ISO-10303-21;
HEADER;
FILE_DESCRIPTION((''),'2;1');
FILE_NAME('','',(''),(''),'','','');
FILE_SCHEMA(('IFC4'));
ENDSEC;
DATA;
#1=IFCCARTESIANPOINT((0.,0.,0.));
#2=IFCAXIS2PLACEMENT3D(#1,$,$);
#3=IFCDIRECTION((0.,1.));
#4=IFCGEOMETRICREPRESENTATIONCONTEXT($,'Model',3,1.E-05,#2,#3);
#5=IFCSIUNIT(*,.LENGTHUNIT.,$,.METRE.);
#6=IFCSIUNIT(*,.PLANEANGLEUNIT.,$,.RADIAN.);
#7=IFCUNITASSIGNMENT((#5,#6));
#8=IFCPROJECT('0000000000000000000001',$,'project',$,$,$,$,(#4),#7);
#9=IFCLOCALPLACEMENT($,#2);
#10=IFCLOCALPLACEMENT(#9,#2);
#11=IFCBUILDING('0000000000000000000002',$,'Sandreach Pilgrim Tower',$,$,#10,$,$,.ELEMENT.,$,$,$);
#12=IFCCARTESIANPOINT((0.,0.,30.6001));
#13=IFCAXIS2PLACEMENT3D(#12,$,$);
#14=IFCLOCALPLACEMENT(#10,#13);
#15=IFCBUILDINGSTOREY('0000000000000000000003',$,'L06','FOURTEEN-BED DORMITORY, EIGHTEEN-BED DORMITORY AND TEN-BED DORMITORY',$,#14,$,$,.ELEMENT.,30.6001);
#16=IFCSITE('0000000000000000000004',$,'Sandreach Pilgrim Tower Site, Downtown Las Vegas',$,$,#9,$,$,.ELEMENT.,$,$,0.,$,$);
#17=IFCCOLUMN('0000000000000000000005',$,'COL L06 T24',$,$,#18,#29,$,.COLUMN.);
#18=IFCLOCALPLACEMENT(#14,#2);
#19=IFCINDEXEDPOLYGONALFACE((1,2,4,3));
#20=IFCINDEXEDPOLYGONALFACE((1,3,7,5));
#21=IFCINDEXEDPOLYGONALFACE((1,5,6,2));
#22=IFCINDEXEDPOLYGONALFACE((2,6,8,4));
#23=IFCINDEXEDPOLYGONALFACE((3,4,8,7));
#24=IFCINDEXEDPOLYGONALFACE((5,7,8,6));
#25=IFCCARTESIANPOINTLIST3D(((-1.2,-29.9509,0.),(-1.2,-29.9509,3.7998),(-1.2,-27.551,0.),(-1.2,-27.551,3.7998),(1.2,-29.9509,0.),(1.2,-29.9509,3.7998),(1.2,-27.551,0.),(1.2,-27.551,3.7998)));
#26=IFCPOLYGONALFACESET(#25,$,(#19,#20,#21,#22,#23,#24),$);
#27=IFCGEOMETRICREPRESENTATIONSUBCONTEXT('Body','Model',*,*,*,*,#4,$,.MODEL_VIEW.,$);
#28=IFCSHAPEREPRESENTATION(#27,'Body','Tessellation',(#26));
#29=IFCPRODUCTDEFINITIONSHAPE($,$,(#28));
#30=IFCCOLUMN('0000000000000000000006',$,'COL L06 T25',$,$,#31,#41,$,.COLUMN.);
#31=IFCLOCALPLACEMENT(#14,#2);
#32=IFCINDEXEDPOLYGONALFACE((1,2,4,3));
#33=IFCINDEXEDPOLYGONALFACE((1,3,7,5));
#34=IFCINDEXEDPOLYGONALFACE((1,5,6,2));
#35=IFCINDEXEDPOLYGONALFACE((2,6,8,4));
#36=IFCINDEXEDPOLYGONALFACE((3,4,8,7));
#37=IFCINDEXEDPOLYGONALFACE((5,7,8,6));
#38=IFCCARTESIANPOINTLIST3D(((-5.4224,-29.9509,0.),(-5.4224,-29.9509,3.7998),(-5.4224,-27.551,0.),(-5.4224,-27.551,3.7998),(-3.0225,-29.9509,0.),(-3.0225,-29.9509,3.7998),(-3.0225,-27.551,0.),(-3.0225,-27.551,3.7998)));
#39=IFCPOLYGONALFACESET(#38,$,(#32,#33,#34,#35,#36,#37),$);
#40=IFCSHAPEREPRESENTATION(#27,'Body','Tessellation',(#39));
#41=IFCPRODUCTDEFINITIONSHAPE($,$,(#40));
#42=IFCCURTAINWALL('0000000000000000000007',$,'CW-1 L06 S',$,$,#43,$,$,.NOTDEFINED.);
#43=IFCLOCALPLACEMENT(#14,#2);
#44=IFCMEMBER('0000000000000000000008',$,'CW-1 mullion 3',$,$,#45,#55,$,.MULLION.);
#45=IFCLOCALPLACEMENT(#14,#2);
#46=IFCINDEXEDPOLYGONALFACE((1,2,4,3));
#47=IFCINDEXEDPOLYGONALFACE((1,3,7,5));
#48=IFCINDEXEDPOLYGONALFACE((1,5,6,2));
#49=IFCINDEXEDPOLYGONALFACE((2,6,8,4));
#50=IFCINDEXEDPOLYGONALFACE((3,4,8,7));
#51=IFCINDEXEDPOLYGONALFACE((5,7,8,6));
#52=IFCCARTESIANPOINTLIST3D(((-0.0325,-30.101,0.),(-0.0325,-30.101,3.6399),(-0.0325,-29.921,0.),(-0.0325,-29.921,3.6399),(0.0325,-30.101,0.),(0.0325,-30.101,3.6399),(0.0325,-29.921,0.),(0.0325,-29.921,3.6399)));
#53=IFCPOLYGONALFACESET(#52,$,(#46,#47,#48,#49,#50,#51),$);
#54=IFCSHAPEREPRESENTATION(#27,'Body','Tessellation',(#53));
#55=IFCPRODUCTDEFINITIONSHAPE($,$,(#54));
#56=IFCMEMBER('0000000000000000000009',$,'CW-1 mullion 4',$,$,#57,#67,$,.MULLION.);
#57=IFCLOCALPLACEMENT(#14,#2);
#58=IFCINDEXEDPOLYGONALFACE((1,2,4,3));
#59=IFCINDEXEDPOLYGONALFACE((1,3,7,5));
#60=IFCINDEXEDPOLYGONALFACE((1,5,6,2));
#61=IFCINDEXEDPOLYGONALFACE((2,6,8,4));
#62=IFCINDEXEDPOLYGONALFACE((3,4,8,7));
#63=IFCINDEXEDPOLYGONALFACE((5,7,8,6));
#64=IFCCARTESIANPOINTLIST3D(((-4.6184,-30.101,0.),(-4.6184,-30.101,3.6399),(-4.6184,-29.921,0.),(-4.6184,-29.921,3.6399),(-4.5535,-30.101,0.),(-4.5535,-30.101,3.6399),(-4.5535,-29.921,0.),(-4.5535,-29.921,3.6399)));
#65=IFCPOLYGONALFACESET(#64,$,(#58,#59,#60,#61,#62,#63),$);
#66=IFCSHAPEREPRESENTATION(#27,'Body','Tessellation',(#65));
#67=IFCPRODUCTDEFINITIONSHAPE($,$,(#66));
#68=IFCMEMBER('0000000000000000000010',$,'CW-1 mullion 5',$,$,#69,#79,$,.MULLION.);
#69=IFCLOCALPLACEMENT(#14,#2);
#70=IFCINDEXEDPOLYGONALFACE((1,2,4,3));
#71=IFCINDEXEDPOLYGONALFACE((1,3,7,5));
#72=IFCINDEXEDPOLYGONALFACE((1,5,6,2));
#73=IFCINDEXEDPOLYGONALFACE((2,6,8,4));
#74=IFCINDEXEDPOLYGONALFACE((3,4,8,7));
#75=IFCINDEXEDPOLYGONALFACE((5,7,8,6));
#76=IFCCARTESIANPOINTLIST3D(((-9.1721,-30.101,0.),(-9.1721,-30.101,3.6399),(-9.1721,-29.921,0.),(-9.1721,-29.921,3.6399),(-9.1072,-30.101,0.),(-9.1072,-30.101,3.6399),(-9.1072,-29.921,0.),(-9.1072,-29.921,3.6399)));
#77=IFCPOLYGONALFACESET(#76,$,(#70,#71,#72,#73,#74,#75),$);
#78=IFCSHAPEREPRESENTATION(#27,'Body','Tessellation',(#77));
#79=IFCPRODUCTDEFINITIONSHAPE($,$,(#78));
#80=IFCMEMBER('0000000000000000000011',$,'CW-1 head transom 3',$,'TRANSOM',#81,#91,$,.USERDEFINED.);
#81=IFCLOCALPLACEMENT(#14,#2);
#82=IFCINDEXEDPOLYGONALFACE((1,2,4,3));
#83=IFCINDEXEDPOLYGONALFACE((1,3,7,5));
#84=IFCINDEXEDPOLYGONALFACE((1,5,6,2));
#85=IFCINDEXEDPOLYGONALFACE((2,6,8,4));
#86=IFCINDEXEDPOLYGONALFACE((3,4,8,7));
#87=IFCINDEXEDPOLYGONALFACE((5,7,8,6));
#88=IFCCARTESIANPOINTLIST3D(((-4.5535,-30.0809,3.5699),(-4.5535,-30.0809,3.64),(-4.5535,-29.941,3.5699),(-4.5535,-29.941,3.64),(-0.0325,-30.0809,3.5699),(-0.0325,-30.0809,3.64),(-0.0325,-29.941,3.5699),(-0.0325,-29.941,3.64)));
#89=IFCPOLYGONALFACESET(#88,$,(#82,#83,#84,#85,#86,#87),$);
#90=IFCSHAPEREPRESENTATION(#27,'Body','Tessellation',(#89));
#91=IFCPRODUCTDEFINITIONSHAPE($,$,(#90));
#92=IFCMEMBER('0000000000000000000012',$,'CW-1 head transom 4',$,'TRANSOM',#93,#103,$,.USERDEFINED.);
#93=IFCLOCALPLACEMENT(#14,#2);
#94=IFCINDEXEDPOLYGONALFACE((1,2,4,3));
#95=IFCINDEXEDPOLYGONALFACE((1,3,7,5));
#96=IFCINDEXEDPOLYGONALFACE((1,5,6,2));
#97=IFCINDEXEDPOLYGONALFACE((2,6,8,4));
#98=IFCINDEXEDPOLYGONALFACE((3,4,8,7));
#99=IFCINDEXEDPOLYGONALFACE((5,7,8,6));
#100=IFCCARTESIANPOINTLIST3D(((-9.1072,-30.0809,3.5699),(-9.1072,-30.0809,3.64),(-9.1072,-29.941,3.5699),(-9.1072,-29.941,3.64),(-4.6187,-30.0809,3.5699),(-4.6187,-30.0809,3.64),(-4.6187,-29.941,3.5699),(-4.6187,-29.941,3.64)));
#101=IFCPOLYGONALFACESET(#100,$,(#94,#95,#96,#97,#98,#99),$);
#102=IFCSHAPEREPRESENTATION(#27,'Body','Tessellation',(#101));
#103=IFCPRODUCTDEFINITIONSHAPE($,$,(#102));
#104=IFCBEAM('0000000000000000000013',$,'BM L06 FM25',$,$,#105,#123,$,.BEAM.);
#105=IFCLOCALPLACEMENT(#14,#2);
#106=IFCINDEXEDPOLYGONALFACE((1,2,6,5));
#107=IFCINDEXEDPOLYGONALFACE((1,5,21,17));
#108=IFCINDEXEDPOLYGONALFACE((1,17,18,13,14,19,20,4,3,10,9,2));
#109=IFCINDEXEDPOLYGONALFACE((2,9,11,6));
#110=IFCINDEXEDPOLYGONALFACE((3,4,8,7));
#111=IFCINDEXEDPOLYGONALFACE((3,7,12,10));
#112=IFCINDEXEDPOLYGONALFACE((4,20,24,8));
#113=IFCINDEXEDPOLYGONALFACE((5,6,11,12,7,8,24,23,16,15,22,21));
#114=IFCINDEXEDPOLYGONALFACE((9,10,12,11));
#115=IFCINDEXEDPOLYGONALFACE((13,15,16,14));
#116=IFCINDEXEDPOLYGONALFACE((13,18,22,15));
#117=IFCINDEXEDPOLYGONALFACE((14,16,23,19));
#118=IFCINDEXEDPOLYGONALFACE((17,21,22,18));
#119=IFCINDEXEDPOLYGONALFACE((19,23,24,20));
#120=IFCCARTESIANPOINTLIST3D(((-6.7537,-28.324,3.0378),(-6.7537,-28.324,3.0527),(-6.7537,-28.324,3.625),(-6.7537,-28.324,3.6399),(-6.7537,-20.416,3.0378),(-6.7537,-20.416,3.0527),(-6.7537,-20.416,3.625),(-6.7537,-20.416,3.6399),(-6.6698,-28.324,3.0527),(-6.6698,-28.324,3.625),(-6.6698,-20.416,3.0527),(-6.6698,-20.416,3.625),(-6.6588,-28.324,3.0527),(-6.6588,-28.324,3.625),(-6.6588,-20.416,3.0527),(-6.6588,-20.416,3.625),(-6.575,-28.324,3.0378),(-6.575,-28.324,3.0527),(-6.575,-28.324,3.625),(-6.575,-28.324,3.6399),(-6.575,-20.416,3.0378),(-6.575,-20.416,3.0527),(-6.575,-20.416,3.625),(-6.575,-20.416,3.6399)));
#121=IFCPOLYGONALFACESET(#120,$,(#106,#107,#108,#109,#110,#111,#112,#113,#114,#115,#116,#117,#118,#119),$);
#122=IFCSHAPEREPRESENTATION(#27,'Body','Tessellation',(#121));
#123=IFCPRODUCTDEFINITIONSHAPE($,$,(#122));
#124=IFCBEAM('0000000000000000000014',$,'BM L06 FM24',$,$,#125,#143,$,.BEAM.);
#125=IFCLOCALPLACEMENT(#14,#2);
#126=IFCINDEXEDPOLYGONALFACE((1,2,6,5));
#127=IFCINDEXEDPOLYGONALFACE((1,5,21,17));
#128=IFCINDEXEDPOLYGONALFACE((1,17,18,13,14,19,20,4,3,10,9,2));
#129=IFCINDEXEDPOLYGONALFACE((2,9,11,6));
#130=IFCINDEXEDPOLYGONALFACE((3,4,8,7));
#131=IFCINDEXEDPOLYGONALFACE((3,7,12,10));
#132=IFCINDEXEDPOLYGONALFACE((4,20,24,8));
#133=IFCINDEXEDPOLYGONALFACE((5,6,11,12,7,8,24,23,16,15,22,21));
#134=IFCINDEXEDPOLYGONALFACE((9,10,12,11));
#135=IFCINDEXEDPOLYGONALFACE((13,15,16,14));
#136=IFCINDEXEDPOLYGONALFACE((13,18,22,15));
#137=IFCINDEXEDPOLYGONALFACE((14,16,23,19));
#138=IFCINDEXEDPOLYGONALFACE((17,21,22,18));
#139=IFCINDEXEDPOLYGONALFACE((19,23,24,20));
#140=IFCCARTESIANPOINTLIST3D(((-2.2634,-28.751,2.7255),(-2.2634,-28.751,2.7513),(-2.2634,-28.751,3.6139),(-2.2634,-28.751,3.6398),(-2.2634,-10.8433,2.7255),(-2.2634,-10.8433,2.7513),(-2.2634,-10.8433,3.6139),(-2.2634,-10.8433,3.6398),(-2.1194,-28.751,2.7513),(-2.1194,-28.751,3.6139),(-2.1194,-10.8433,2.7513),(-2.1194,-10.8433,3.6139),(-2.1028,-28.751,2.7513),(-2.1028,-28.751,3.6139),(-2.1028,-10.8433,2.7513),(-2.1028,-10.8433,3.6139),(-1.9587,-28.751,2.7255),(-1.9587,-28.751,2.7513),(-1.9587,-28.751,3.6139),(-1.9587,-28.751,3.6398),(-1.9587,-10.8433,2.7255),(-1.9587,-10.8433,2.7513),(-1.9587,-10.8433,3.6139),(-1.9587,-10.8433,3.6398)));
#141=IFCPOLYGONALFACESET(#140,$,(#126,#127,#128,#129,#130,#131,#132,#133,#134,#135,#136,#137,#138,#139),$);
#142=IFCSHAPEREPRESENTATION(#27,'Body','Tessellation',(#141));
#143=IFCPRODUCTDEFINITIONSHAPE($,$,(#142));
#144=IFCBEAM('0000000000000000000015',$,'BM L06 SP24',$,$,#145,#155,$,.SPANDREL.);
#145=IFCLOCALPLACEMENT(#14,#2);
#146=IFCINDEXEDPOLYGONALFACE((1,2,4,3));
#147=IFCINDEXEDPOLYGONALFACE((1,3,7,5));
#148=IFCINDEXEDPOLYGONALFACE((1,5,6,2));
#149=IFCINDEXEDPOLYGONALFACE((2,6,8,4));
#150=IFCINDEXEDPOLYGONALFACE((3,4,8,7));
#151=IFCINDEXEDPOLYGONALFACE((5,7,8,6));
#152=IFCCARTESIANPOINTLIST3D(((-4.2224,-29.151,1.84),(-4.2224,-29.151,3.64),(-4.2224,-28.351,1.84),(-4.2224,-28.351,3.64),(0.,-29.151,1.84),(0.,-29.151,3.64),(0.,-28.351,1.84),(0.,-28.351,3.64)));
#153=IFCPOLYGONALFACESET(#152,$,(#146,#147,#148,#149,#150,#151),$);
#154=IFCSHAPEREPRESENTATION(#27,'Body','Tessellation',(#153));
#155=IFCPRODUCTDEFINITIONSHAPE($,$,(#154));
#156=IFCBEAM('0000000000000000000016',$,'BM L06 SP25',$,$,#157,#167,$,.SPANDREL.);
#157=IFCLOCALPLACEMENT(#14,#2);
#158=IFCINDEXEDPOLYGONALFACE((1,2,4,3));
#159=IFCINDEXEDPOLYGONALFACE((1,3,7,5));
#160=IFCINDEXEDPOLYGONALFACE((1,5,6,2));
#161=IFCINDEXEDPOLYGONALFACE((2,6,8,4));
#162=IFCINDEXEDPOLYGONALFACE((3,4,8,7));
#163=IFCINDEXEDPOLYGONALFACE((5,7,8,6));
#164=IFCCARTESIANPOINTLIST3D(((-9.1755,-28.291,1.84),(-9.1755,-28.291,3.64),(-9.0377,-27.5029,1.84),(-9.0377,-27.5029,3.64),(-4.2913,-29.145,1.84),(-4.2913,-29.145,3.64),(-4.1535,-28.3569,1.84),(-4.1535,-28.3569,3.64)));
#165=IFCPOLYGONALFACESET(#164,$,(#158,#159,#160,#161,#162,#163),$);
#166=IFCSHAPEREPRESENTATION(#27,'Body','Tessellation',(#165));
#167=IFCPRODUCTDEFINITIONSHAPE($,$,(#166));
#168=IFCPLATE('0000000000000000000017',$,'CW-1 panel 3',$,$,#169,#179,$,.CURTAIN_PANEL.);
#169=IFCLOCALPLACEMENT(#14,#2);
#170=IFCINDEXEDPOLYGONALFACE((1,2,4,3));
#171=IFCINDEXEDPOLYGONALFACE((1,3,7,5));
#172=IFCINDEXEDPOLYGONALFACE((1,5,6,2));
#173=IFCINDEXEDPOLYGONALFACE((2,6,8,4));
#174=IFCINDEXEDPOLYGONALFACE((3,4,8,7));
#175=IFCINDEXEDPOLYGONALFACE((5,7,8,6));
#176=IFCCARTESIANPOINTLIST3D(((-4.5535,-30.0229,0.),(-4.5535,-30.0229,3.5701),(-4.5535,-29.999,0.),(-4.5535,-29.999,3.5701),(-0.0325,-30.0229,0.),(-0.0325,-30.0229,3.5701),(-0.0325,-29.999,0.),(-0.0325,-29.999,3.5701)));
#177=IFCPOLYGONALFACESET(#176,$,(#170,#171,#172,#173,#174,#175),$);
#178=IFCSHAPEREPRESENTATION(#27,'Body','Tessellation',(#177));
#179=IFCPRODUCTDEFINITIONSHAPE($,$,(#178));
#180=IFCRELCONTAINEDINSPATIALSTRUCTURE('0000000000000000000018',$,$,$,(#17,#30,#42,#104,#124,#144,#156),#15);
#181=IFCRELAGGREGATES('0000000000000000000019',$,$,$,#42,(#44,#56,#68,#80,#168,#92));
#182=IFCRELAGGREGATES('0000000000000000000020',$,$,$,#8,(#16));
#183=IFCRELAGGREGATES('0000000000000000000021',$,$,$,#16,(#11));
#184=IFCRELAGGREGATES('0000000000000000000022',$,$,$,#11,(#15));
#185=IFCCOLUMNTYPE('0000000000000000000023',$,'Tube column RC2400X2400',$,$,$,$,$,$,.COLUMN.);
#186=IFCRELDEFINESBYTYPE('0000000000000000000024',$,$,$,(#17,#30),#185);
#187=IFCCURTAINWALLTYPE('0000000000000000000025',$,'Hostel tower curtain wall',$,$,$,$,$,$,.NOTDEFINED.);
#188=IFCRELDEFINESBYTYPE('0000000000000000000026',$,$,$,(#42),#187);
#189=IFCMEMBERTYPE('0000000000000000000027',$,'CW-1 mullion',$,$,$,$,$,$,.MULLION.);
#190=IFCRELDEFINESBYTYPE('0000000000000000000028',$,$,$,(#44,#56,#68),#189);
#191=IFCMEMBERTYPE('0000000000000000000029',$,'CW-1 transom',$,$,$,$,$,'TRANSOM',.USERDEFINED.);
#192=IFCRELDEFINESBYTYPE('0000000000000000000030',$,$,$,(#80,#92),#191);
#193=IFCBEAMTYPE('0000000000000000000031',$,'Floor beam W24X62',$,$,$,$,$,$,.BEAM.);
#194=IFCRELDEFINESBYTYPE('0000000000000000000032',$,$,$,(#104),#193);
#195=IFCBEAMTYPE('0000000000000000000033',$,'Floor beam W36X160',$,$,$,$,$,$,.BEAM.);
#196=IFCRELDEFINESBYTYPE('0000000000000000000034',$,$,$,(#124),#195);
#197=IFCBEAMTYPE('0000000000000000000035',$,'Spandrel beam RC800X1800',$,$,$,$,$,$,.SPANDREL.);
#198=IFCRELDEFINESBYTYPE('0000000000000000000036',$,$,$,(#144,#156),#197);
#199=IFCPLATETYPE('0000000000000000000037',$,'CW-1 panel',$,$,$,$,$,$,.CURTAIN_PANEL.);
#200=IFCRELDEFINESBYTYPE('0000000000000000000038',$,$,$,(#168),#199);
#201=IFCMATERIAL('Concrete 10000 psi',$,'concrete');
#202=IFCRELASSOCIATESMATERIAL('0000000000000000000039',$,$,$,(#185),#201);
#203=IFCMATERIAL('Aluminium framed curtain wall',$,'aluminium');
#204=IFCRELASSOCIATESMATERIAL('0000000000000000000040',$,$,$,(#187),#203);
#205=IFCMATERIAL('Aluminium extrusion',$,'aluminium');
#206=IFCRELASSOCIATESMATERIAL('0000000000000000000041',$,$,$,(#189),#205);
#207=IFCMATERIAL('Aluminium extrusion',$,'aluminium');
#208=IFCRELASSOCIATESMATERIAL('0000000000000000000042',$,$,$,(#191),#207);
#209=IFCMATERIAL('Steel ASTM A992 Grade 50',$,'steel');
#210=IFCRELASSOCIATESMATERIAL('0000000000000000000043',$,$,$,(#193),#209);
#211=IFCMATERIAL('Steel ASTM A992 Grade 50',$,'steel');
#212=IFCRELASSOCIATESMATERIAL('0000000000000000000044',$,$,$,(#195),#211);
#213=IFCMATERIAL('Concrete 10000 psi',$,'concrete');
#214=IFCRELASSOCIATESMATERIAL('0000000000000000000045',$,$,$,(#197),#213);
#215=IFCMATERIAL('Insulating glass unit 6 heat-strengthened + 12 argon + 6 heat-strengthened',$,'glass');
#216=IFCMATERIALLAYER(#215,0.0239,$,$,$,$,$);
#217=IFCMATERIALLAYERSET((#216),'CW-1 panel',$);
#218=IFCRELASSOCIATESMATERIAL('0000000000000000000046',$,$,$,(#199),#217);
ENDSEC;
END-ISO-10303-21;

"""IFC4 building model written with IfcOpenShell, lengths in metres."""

from ifc_helpers import new_model, si_unit, direction, frame, origin, origin_2d, place, context, subcontext, project, spatial, rectangle, i_section, extrude, material, layer, layer_set, material_profile, profile_set, type_object, element, aggregate, save


model = new_model("IFC4")

# Units and contexts
model_context = context("Model", 3, precision=1e-05, world=origin(), true_north=direction((0.0, 1.0)))
body_context = subcontext(model_context, "Body", "Model", "MODEL_VIEW")
ifc_project = project(units=[si_unit("LENGTHUNIT", "METRE"), si_unit("PLANEANGLEUNIT", "RADIAN")], contexts=[model_context])

# Site, building, storey
site_placement = place(None, origin())
site = spatial("IfcSite", under=ifc_project, at=site_placement, Name="Sandreach Pilgrim Tower Site, Downtown Las Vegas", CompositionType="ELEMENT", RefElevation=0.0)
building_placement = place(site_placement, origin())
building = spatial("IfcBuilding", under=site, at=building_placement, Name="Sandreach Pilgrim Tower", CompositionType="ELEMENT")
storey_placement = place(building_placement, frame((0.0, 0.0, 30.6001)))
storey = spatial("IfcBuildingStorey", under=building, at=storey_placement, Name="L06", Description="FOURTEEN-BED DORMITORY, EIGHTEEN-BED DORMITORY AND TEN-BED DORMITORY", CompositionType="ELEMENT", Elevation=30.6001)

# Columns
ifc_material_1 = material(Name="Concrete 10000 psi", Category="concrete")
ifc_material_profile_1 = material_profile(ifc_material_1, rectangle(XDim=2.3999, YDim=2.3999, at=origin_2d()), Name="RC2400X2400")
ifc_profile_set_1 = profile_set([ifc_material_profile_1], Name="Concrete 10000 psi")
column_type = type_object("IfcColumnType", Name="Tube column RC2400X2400", PredefinedType="COLUMN", material=ifc_profile_set_1)
for number, where, z_axis, x_axis, name in (
    (1, (0.0, -28.751, 0.0), (0.0, 0.0, 1.0), (0.0, -1.0, 0.0), "COL L06 T24"),
    (2, (-4.2224, -28.751, 0.0), (0.0, 0.0, 1.0), (0.0, -1.0, 0.0), "COL L06 T25"),
):
    element("IfcColumn", number, at=place(storey_placement, frame(where, z_axis=z_axis, x_axis=x_axis)), inside=storey, type_object=column_type, Name=name, PredefinedType="COLUMN", context=body_context, shape_type="SweptSolid", body=[
        extrude(rectangle(XDim=2.3999, YDim=2.3999, at=origin_2d()), origin(), (0.0, 0.0, 1.0), 3.7998),
    ])

# Curtain wall, members
ifc_material_2 = material(Name="Aluminium framed curtain wall", Category="aluminium")
curtain_wall_type = type_object("IfcCurtainWallType", Name="Hostel tower curtain wall", PredefinedType="NOTDEFINED", material=ifc_material_2)
curtain_wall_placement = place(storey_placement, origin())
curtain_wall = element("IfcCurtainWall", 3, at=curtain_wall_placement, inside=storey, type_object=curtain_wall_type, Name="CW-1 L06 S", PredefinedType="NOTDEFINED")
ifc_material_3 = material(Name="Aluminium extrusion", Category="aluminium")
ifc_material_profile_2 = material_profile(ifc_material_3, rectangle(XDim=0.0649, YDim=0.1799, at=origin_2d()), Name="CW-1M 65X180")
ifc_profile_set_2 = profile_set([ifc_material_profile_2], Name="Aluminium extrusion")
member_type_1 = type_object("IfcMemberType", Name="CW-1 mullion", PredefinedType="MULLION", material=ifc_profile_set_2)
member_1_placement = place(storey_placement, frame((0.0, -30.011, 0.0), z_axis=(0.0, 0.0, 1.0), x_axis=(-1.0, 0.0, 0.0)))
member_1 = element("IfcMember", 4, at=member_1_placement, type_object=member_type_1, Name="CW-1 mullion 3", PredefinedType="MULLION", context=body_context, shape_type="SweptSolid", body=[
    extrude(rectangle(XDim=0.0649, YDim=0.1799, at=origin_2d()), origin(), (0.0, 0.0, 1.0), 3.6399),
])
member_2_placement = place(storey_placement, frame((-4.5859, -30.011, 0.0), z_axis=(0.0, 0.0, 1.0), x_axis=(-1.0, 0.0, 0.0)))
member_2 = element("IfcMember", 5, at=member_2_placement, type_object=member_type_1, Name="CW-1 mullion 4", PredefinedType="MULLION", context=body_context, shape_type="SweptSolid", body=[
    extrude(rectangle(XDim=0.0649, YDim=0.1799, at=origin_2d()), origin(), (0.0, 0.0, 1.0), 3.6399),
])
member_3_placement = place(storey_placement, frame((-9.1396, -30.011, 0.0), z_axis=(0.0, 0.0, 1.0), x_axis=(-1.0, 0.0, 0.0)))
member_3 = element("IfcMember", 6, at=member_3_placement, type_object=member_type_1, Name="CW-1 mullion 5", PredefinedType="MULLION", context=body_context, shape_type="SweptSolid", body=[
    extrude(rectangle(XDim=0.0649, YDim=0.1799, at=origin_2d()), origin(), (0.0, 0.0, 1.0), 3.6399),
])
ifc_material_4 = material(Name="Aluminium extrusion", Category="aluminium")
ifc_material_profile_3 = material_profile(ifc_material_4, rectangle(XDim=0.1399, YDim=0.0701, at=origin_2d()), Name="CW-1T 140X70")
ifc_profile_set_3 = profile_set([ifc_material_profile_3], Name="Aluminium extrusion")
member_type_2 = type_object("IfcMemberType", Name="CW-1 transom", ElementType="TRANSOM", PredefinedType="USERDEFINED", material=ifc_profile_set_3)
member_4_placement = place(storey_placement, frame((-0.0325, -30.011, 3.605), z_axis=(-1.0, 0.0, 0.0), x_axis=(0.0, -1.0, 0.0)))
member_4 = element("IfcMember", 7, at=member_4_placement, type_object=member_type_2, Name="CW-1 head transom 3", ObjectType="TRANSOM", PredefinedType="USERDEFINED", context=body_context, shape_type="SweptSolid", body=[
    extrude(rectangle(XDim=0.1399, YDim=0.0701, at=origin_2d()), origin(), (0.0, 0.0, 1.0), 4.521),
])
member_5_placement = place(storey_placement, frame((-4.6187, -30.011, 3.605), z_axis=(-1.0, 0.0, 0.0), x_axis=(0.0, -1.0, 0.0)))
member_5 = element("IfcMember", 8, at=member_5_placement, type_object=member_type_2, Name="CW-1 head transom 4", ObjectType="TRANSOM", PredefinedType="USERDEFINED", context=body_context, shape_type="SweptSolid", body=[
    extrude(rectangle(XDim=0.1399, YDim=0.0701, at=origin_2d()), origin(), (0.0, 0.0, 1.0), 4.4885),
])

# Beams
ifc_material_5 = material(Name="Steel ASTM A992 Grade 50", Category="steel")
ifc_material_profile_4 = material_profile(ifc_material_5, i_section(OverallWidth=0.1787, OverallDepth=0.6021, WebThickness=0.011, FlangeThickness=0.0149, at=origin_2d()), Name="W24X62")
ifc_profile_set_4 = profile_set([ifc_material_profile_4], Name="Steel ASTM A992 Grade 50")
beam_type_1 = type_object("IfcBeamType", Name="Floor beam W24X62", PredefinedType="BEAM", material=ifc_profile_set_4)
beam_1_placement = place(storey_placement, frame((-6.6643, -28.324, 3.3389), z_axis=(0.0, 1.0, 0.0), x_axis=(-1.0, 0.0, 0.0)))
element("IfcBeam", 9, at=beam_1_placement, inside=storey, type_object=beam_type_1, Name="BM L06 FM25", PredefinedType="BEAM", context=body_context, shape_type="SweptSolid", body=[
    extrude(i_section(OverallWidth=0.1787, OverallDepth=0.6021, WebThickness=0.011, FlangeThickness=0.0149, at=origin_2d()), origin(), (0.0, 0.0, 1.0), 7.908),
])
ifc_material_6 = material(Name="Steel ASTM A992 Grade 50", Category="steel")
ifc_material_profile_5 = material_profile(ifc_material_6, i_section(OverallWidth=0.3047, OverallDepth=0.9143, WebThickness=0.0166, FlangeThickness=0.0259, at=origin_2d()), Name="W36X160")
ifc_profile_set_5 = profile_set([ifc_material_profile_5], Name="Steel ASTM A992 Grade 50")
beam_type_2 = type_object("IfcBeamType", Name="Floor beam W36X160", PredefinedType="BEAM", material=ifc_profile_set_5)
beam_2_placement = place(storey_placement, frame((-2.1111, -28.751, 3.1826), z_axis=(0.0, 1.0, 0.0), x_axis=(-1.0, 0.0, 0.0)))
element("IfcBeam", 10, at=beam_2_placement, inside=storey, type_object=beam_type_2, Name="BM L06 FM24", PredefinedType="BEAM", context=body_context, shape_type="SweptSolid", body=[
    extrude(i_section(OverallWidth=0.3047, OverallDepth=0.9143, WebThickness=0.0166, FlangeThickness=0.0259, at=origin_2d()), origin(), (0.0, 0.0, 1.0), 17.9077),
])
ifc_material_7 = material(Name="Concrete 10000 psi", Category="concrete")
ifc_material_profile_6 = material_profile(ifc_material_7, rectangle(XDim=0.8, YDim=1.8, at=origin_2d()), Name="RC800X1800")
ifc_profile_set_6 = profile_set([ifc_material_profile_6], Name="Concrete 10000 psi")
beam_type_3 = type_object("IfcBeamType", Name="Spandrel beam RC800X1800", PredefinedType="SPANDREL", material=ifc_profile_set_6)
beam_3_placement = place(storey_placement, frame((0.0, -28.751, 2.74), z_axis=(-1.0, 0.0, 0.0), x_axis=(0.0, -1.0, 0.0)))
element("IfcBeam", 11, at=beam_3_placement, inside=storey, type_object=beam_type_3, Name="BM L06 SP24", PredefinedType="SPANDREL", context=body_context, shape_type="SweptSolid", body=[
    extrude(rectangle(XDim=0.8, YDim=1.8, at=origin_2d()), origin(), (0.0, 0.0, 1.0), 4.2224),
])
beam_4_placement = place(storey_placement, frame((-4.2224, -28.751, 2.74), z_axis=(-0.985054, 0.172243, 0.0), x_axis=(-0.172243, -0.985054, 0.0)))
element("IfcBeam", 12, at=beam_4_placement, inside=storey, type_object=beam_type_3, Name="BM L06 SP25", PredefinedType="SPANDREL", context=body_context, shape_type="SweptSolid", body=[
    extrude(rectangle(XDim=0.8, YDim=1.8, at=origin_2d()), origin(), (0.0, 0.0, 1.0), 4.9583),
])

# Plate
ifc_material_8 = material(Name="Insulating glass unit 6 heat-strengthened + 12 argon + 6 heat-strengthened", Category="glass")
ifc_layer_1 = layer(ifc_material_8, 0.0239)
ifc_layer_set_1 = layer_set([ifc_layer_1], Name="CW-1 panel")
plate_type = type_object("IfcPlateType", Name="CW-1 panel", PredefinedType="CURTAIN_PANEL", material=ifc_layer_set_1)
plate_1_placement = place(storey_placement, frame((-2.293, -30.011, 0.0), z_axis=(0.0, 0.0, 1.0), x_axis=(-1.0, 0.0, 0.0)))
plate_1 = element("IfcPlate", 13, at=plate_1_placement, type_object=plate_type, Name="CW-1 panel 3", PredefinedType="CURTAIN_PANEL", context=body_context, shape_type="SweptSolid", body=[
    extrude(rectangle(XDim=4.521, YDim=0.0239, at=origin_2d()), origin(), (0.0, 0.0, 1.0), 3.5701),
])
aggregate(curtain_wall, [member_1, member_2, member_3, member_4, plate_1, member_5])

save(model, "model.ifc")
